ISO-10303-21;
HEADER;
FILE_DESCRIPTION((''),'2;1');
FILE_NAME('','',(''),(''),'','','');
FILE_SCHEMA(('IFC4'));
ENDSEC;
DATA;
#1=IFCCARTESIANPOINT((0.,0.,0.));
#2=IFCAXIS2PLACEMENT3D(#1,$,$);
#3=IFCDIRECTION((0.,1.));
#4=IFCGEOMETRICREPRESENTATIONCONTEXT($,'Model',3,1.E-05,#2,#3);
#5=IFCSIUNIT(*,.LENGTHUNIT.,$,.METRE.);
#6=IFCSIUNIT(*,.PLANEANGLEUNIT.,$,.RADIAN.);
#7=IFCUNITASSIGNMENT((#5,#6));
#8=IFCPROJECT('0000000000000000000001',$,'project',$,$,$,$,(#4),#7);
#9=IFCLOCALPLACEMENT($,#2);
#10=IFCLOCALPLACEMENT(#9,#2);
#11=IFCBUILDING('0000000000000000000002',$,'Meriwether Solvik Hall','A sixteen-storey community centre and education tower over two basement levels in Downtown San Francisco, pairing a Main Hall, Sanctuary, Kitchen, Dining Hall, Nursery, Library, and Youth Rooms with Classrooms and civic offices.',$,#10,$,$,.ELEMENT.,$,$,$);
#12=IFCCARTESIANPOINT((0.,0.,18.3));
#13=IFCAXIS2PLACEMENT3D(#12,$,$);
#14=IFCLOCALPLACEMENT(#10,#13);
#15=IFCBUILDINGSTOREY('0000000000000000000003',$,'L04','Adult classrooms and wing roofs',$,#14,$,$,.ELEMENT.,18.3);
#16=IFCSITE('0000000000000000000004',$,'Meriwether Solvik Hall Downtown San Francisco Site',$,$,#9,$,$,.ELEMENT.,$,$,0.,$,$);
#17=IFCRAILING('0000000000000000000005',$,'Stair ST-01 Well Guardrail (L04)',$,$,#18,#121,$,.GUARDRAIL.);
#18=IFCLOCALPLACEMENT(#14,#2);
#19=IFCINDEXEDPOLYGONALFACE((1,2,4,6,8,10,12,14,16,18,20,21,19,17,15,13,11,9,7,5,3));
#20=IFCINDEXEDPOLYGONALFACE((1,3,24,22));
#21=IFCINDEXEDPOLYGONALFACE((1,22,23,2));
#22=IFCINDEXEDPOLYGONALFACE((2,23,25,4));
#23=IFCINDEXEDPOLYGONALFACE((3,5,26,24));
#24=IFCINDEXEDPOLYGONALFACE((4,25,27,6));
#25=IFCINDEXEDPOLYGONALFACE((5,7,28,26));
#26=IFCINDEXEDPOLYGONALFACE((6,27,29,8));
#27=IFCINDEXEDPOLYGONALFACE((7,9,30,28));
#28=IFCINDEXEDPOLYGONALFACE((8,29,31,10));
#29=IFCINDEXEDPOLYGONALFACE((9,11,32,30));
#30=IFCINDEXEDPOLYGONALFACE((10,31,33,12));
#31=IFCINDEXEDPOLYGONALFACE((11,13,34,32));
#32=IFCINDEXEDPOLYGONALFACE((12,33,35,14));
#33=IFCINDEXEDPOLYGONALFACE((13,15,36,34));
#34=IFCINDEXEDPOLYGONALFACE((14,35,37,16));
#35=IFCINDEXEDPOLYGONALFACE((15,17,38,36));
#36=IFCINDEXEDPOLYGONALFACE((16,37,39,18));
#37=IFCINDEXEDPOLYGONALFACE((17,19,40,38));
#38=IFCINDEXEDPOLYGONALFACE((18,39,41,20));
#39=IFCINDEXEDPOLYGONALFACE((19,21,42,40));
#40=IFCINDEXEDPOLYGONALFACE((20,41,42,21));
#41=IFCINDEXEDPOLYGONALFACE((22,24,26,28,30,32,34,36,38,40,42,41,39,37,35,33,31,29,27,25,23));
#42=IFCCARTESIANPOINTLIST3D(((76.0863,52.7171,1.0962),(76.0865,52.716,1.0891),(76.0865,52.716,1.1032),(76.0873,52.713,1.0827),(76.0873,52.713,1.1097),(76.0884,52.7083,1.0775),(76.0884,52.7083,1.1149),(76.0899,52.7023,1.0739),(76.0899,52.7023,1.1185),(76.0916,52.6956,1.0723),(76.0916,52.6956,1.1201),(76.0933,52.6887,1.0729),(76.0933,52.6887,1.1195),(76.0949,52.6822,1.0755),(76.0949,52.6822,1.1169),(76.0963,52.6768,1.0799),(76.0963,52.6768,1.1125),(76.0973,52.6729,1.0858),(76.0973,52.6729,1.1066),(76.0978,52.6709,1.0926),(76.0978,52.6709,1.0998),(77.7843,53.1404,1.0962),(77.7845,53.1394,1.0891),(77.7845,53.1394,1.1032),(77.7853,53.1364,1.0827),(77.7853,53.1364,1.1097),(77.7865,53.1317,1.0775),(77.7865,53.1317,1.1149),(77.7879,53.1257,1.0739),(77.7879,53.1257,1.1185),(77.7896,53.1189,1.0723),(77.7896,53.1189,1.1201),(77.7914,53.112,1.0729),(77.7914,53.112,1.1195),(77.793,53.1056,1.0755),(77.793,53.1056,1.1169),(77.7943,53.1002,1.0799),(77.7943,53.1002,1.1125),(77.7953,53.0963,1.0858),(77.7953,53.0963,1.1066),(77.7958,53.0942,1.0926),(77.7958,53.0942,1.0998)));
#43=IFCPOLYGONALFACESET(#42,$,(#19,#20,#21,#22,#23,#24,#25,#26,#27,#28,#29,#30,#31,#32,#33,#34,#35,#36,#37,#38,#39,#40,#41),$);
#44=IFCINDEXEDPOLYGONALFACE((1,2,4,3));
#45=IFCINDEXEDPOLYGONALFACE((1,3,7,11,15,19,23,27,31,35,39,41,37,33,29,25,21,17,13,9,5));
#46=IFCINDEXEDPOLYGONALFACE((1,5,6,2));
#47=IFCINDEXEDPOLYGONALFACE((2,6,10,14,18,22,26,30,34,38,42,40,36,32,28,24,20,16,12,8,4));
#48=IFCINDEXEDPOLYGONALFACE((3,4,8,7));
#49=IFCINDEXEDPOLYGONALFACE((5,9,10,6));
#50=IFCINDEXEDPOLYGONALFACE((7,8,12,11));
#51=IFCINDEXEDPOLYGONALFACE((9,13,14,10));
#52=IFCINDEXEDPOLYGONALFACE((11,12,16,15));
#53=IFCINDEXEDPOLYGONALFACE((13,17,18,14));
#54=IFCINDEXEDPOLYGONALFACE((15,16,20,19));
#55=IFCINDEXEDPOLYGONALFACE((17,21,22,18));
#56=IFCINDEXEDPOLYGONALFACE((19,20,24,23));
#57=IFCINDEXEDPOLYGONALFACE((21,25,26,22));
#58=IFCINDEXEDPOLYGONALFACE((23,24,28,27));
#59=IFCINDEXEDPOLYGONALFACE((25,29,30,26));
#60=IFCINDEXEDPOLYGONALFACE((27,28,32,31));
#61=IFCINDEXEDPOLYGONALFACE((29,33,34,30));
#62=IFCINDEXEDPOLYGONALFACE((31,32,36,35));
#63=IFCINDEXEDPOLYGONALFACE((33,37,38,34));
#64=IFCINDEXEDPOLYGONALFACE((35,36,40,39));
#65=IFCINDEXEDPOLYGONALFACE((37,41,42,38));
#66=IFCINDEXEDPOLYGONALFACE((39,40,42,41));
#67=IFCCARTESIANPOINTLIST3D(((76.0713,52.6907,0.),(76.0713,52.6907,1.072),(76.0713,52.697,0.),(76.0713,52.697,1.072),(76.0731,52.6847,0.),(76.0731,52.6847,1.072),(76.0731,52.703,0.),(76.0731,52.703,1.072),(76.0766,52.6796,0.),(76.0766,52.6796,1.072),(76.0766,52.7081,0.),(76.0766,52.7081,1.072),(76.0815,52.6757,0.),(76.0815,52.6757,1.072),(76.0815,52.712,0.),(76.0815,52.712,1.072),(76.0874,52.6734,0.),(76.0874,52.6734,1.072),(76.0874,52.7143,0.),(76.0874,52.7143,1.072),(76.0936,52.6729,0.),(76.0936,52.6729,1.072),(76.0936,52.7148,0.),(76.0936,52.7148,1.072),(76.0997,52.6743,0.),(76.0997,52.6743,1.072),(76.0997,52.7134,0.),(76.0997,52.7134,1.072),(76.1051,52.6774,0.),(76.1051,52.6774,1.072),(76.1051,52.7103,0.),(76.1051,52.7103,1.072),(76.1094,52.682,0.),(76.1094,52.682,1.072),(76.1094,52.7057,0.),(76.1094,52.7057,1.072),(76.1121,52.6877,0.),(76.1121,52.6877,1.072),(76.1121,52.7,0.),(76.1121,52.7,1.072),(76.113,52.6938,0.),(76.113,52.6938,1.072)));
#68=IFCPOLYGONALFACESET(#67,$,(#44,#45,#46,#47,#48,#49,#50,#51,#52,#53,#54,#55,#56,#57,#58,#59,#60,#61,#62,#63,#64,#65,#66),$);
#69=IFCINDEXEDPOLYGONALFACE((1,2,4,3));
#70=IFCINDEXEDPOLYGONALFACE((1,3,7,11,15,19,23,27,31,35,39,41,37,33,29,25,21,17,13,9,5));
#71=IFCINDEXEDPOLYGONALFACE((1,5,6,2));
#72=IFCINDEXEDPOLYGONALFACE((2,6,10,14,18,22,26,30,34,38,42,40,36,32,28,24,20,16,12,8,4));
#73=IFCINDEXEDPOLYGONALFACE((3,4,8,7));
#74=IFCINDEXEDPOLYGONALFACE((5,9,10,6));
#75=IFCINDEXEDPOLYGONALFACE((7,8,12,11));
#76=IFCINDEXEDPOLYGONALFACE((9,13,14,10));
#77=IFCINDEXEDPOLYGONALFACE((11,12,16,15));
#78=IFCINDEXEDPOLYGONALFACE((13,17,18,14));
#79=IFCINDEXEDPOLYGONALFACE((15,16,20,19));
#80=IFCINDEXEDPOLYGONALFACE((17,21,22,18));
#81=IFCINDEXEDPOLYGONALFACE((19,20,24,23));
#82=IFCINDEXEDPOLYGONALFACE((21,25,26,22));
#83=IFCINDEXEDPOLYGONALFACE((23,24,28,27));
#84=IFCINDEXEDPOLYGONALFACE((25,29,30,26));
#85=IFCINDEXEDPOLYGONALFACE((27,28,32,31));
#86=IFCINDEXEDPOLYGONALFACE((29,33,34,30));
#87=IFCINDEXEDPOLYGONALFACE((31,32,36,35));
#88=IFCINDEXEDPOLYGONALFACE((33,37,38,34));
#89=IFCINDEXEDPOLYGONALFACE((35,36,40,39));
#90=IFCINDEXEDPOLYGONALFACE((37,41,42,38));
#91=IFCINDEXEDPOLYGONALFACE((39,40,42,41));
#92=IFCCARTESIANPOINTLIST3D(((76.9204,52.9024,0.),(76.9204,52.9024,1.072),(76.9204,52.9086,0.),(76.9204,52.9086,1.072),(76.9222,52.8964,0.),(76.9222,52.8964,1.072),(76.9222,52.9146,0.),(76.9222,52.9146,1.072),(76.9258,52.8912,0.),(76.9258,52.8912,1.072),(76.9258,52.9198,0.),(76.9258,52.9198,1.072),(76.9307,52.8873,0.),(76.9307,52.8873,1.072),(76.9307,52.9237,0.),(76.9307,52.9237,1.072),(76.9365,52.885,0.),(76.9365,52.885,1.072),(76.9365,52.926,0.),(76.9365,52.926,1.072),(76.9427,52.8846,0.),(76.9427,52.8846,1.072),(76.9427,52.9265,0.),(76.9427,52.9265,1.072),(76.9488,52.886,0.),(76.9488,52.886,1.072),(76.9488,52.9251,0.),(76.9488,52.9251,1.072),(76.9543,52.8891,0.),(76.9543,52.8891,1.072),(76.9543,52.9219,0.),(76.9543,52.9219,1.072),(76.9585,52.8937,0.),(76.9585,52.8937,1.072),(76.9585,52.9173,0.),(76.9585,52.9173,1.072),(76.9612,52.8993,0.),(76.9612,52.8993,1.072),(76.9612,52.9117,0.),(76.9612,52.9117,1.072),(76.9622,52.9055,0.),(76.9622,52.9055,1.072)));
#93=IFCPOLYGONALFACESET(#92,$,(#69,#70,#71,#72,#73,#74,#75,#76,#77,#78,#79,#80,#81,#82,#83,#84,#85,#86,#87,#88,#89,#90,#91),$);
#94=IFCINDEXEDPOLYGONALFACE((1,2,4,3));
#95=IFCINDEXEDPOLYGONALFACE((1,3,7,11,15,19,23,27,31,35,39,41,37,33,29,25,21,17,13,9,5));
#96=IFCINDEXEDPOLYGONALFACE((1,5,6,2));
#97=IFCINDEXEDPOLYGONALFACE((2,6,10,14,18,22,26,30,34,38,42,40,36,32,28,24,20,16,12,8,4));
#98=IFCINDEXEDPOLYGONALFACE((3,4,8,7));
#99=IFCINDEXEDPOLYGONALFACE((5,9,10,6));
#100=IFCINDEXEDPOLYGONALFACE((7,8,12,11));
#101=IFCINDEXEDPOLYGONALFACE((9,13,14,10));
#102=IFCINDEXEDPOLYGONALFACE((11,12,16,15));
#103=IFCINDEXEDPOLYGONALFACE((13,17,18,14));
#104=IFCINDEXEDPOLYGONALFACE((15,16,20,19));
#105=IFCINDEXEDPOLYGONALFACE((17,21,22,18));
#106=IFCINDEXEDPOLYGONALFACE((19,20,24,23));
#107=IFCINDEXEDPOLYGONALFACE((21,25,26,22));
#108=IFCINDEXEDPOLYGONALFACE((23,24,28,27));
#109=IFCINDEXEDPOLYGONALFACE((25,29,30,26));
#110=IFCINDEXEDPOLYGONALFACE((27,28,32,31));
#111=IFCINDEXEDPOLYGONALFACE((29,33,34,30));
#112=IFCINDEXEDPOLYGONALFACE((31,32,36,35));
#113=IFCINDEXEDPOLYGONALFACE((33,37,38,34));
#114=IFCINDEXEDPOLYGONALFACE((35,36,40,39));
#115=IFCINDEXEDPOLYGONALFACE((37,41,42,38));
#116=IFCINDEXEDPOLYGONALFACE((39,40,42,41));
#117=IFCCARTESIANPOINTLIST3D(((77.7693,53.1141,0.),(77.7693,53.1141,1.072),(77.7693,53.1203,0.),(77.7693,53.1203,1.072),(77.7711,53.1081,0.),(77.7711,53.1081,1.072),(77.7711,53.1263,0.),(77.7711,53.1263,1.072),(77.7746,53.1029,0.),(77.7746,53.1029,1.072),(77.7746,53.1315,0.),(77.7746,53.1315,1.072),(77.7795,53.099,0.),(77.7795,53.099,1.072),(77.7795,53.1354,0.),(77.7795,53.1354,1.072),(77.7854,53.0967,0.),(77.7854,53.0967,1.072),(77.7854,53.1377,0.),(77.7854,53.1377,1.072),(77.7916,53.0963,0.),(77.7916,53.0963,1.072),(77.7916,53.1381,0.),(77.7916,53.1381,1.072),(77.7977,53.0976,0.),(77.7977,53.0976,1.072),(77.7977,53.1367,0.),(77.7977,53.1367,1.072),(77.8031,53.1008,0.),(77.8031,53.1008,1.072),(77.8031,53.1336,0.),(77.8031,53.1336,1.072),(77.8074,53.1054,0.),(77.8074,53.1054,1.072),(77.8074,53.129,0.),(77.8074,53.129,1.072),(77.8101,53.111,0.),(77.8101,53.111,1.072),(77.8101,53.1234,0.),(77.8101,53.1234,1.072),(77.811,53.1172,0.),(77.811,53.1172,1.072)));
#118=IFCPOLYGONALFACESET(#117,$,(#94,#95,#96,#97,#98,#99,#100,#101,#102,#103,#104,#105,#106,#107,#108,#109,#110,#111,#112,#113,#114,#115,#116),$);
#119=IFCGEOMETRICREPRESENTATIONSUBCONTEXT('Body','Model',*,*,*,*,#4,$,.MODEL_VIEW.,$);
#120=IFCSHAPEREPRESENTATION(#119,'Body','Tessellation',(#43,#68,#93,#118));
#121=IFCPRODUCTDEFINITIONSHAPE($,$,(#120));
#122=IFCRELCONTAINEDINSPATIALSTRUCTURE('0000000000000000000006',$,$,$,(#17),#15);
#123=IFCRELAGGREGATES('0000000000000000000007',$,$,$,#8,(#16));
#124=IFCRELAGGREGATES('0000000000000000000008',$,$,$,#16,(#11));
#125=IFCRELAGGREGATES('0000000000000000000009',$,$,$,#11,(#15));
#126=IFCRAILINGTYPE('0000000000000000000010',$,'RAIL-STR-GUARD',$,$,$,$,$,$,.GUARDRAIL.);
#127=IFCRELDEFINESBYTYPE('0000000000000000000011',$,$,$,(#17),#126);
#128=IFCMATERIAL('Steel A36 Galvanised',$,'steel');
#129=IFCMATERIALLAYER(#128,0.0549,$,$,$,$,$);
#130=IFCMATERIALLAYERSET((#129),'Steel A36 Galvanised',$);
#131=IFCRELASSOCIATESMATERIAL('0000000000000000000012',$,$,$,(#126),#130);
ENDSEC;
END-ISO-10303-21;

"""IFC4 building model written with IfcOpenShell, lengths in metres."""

from ifc_helpers import new_model, si_unit, direction, frame, origin, origin_2d, place, context, subcontext, project, spatial, circle, extrude, material, layer, layer_set, type_object, element, save


model = new_model("IFC4")

# Units and contexts
model_context = context("Model", 3, precision=1e-05, world=origin(), true_north=direction((0.0, 1.0)))
body_context = subcontext(model_context, "Body", "Model", "MODEL_VIEW")
ifc_project = project(units=[si_unit("LENGTHUNIT", "METRE"), si_unit("PLANEANGLEUNIT", "RADIAN")], contexts=[model_context])

# Site, building, storey
site_placement = place(None, origin())
site = spatial("IfcSite", under=ifc_project, at=site_placement, Name="Meriwether Solvik Hall Downtown San Francisco Site", CompositionType="ELEMENT", RefElevation=0.0)
building_placement = place(site_placement, origin())
building = spatial("IfcBuilding", under=site, at=building_placement, Name="Meriwether Solvik Hall", Description="A sixteen-storey community centre and education tower over two basement levels in Downtown San Francisco, pairing a Main Hall, Sanctuary, Kitchen, Dining Hall, Nursery, Library, and Youth Rooms with Classrooms and civic offices.", CompositionType="ELEMENT")
storey_placement = place(building_placement, frame((0.0, 0.0, 18.3)))
storey = spatial("IfcBuildingStorey", under=building, at=storey_placement, Name="L04", Description="Adult classrooms and wing roofs", CompositionType="ELEMENT", Elevation=18.3)

# Railing
ifc_material_1 = material(Name="Steel A36 Galvanised", Category="steel")
ifc_layer_1 = layer(ifc_material_1, 0.0549)
ifc_layer_set_1 = layer_set([ifc_layer_1], Name="Steel A36 Galvanised")
railing_type_1 = type_object("IfcRailingType", Name="RAIL-STR-GUARD", PredefinedType="GUARDRAIL", material=ifc_layer_set_1)
railing_1_placement = place(storey_placement, frame((76.092, 52.6938, 0.0)))
element("IfcRailing", 1, at=railing_1_placement, inside=storey, type_object=railing_type_1, Name="Stair ST-01 Well Guardrail (L04)", PredefinedType="GUARDRAIL", context=body_context, shape_type="SweptSolid", body=[
    extrude(circle(Radius=0.0239, at=origin_2d()), frame((0.0, 0.0, 1.0962), z_axis=(0.970298, 0.241912, 0.0), x_axis=(-0.241912, 0.970298, 0.0)), (0.0, 0.0, 1.0), 1.75),
    extrude(circle(Radius=0.021, at=origin_2d()), origin(), (0.0, 0.0, 1.0), 1.072),
    extrude(circle(Radius=0.021, at=origin_2d()), frame((0.8491, 0.2117, 0.0)), (0.0, 0.0, 1.0), 1.072),
    extrude(circle(Radius=0.021, at=origin_2d()), frame((1.698, 0.4233, 0.0)), (0.0, 0.0, 1.0), 1.072),
])

save(model, "model.ifc")
